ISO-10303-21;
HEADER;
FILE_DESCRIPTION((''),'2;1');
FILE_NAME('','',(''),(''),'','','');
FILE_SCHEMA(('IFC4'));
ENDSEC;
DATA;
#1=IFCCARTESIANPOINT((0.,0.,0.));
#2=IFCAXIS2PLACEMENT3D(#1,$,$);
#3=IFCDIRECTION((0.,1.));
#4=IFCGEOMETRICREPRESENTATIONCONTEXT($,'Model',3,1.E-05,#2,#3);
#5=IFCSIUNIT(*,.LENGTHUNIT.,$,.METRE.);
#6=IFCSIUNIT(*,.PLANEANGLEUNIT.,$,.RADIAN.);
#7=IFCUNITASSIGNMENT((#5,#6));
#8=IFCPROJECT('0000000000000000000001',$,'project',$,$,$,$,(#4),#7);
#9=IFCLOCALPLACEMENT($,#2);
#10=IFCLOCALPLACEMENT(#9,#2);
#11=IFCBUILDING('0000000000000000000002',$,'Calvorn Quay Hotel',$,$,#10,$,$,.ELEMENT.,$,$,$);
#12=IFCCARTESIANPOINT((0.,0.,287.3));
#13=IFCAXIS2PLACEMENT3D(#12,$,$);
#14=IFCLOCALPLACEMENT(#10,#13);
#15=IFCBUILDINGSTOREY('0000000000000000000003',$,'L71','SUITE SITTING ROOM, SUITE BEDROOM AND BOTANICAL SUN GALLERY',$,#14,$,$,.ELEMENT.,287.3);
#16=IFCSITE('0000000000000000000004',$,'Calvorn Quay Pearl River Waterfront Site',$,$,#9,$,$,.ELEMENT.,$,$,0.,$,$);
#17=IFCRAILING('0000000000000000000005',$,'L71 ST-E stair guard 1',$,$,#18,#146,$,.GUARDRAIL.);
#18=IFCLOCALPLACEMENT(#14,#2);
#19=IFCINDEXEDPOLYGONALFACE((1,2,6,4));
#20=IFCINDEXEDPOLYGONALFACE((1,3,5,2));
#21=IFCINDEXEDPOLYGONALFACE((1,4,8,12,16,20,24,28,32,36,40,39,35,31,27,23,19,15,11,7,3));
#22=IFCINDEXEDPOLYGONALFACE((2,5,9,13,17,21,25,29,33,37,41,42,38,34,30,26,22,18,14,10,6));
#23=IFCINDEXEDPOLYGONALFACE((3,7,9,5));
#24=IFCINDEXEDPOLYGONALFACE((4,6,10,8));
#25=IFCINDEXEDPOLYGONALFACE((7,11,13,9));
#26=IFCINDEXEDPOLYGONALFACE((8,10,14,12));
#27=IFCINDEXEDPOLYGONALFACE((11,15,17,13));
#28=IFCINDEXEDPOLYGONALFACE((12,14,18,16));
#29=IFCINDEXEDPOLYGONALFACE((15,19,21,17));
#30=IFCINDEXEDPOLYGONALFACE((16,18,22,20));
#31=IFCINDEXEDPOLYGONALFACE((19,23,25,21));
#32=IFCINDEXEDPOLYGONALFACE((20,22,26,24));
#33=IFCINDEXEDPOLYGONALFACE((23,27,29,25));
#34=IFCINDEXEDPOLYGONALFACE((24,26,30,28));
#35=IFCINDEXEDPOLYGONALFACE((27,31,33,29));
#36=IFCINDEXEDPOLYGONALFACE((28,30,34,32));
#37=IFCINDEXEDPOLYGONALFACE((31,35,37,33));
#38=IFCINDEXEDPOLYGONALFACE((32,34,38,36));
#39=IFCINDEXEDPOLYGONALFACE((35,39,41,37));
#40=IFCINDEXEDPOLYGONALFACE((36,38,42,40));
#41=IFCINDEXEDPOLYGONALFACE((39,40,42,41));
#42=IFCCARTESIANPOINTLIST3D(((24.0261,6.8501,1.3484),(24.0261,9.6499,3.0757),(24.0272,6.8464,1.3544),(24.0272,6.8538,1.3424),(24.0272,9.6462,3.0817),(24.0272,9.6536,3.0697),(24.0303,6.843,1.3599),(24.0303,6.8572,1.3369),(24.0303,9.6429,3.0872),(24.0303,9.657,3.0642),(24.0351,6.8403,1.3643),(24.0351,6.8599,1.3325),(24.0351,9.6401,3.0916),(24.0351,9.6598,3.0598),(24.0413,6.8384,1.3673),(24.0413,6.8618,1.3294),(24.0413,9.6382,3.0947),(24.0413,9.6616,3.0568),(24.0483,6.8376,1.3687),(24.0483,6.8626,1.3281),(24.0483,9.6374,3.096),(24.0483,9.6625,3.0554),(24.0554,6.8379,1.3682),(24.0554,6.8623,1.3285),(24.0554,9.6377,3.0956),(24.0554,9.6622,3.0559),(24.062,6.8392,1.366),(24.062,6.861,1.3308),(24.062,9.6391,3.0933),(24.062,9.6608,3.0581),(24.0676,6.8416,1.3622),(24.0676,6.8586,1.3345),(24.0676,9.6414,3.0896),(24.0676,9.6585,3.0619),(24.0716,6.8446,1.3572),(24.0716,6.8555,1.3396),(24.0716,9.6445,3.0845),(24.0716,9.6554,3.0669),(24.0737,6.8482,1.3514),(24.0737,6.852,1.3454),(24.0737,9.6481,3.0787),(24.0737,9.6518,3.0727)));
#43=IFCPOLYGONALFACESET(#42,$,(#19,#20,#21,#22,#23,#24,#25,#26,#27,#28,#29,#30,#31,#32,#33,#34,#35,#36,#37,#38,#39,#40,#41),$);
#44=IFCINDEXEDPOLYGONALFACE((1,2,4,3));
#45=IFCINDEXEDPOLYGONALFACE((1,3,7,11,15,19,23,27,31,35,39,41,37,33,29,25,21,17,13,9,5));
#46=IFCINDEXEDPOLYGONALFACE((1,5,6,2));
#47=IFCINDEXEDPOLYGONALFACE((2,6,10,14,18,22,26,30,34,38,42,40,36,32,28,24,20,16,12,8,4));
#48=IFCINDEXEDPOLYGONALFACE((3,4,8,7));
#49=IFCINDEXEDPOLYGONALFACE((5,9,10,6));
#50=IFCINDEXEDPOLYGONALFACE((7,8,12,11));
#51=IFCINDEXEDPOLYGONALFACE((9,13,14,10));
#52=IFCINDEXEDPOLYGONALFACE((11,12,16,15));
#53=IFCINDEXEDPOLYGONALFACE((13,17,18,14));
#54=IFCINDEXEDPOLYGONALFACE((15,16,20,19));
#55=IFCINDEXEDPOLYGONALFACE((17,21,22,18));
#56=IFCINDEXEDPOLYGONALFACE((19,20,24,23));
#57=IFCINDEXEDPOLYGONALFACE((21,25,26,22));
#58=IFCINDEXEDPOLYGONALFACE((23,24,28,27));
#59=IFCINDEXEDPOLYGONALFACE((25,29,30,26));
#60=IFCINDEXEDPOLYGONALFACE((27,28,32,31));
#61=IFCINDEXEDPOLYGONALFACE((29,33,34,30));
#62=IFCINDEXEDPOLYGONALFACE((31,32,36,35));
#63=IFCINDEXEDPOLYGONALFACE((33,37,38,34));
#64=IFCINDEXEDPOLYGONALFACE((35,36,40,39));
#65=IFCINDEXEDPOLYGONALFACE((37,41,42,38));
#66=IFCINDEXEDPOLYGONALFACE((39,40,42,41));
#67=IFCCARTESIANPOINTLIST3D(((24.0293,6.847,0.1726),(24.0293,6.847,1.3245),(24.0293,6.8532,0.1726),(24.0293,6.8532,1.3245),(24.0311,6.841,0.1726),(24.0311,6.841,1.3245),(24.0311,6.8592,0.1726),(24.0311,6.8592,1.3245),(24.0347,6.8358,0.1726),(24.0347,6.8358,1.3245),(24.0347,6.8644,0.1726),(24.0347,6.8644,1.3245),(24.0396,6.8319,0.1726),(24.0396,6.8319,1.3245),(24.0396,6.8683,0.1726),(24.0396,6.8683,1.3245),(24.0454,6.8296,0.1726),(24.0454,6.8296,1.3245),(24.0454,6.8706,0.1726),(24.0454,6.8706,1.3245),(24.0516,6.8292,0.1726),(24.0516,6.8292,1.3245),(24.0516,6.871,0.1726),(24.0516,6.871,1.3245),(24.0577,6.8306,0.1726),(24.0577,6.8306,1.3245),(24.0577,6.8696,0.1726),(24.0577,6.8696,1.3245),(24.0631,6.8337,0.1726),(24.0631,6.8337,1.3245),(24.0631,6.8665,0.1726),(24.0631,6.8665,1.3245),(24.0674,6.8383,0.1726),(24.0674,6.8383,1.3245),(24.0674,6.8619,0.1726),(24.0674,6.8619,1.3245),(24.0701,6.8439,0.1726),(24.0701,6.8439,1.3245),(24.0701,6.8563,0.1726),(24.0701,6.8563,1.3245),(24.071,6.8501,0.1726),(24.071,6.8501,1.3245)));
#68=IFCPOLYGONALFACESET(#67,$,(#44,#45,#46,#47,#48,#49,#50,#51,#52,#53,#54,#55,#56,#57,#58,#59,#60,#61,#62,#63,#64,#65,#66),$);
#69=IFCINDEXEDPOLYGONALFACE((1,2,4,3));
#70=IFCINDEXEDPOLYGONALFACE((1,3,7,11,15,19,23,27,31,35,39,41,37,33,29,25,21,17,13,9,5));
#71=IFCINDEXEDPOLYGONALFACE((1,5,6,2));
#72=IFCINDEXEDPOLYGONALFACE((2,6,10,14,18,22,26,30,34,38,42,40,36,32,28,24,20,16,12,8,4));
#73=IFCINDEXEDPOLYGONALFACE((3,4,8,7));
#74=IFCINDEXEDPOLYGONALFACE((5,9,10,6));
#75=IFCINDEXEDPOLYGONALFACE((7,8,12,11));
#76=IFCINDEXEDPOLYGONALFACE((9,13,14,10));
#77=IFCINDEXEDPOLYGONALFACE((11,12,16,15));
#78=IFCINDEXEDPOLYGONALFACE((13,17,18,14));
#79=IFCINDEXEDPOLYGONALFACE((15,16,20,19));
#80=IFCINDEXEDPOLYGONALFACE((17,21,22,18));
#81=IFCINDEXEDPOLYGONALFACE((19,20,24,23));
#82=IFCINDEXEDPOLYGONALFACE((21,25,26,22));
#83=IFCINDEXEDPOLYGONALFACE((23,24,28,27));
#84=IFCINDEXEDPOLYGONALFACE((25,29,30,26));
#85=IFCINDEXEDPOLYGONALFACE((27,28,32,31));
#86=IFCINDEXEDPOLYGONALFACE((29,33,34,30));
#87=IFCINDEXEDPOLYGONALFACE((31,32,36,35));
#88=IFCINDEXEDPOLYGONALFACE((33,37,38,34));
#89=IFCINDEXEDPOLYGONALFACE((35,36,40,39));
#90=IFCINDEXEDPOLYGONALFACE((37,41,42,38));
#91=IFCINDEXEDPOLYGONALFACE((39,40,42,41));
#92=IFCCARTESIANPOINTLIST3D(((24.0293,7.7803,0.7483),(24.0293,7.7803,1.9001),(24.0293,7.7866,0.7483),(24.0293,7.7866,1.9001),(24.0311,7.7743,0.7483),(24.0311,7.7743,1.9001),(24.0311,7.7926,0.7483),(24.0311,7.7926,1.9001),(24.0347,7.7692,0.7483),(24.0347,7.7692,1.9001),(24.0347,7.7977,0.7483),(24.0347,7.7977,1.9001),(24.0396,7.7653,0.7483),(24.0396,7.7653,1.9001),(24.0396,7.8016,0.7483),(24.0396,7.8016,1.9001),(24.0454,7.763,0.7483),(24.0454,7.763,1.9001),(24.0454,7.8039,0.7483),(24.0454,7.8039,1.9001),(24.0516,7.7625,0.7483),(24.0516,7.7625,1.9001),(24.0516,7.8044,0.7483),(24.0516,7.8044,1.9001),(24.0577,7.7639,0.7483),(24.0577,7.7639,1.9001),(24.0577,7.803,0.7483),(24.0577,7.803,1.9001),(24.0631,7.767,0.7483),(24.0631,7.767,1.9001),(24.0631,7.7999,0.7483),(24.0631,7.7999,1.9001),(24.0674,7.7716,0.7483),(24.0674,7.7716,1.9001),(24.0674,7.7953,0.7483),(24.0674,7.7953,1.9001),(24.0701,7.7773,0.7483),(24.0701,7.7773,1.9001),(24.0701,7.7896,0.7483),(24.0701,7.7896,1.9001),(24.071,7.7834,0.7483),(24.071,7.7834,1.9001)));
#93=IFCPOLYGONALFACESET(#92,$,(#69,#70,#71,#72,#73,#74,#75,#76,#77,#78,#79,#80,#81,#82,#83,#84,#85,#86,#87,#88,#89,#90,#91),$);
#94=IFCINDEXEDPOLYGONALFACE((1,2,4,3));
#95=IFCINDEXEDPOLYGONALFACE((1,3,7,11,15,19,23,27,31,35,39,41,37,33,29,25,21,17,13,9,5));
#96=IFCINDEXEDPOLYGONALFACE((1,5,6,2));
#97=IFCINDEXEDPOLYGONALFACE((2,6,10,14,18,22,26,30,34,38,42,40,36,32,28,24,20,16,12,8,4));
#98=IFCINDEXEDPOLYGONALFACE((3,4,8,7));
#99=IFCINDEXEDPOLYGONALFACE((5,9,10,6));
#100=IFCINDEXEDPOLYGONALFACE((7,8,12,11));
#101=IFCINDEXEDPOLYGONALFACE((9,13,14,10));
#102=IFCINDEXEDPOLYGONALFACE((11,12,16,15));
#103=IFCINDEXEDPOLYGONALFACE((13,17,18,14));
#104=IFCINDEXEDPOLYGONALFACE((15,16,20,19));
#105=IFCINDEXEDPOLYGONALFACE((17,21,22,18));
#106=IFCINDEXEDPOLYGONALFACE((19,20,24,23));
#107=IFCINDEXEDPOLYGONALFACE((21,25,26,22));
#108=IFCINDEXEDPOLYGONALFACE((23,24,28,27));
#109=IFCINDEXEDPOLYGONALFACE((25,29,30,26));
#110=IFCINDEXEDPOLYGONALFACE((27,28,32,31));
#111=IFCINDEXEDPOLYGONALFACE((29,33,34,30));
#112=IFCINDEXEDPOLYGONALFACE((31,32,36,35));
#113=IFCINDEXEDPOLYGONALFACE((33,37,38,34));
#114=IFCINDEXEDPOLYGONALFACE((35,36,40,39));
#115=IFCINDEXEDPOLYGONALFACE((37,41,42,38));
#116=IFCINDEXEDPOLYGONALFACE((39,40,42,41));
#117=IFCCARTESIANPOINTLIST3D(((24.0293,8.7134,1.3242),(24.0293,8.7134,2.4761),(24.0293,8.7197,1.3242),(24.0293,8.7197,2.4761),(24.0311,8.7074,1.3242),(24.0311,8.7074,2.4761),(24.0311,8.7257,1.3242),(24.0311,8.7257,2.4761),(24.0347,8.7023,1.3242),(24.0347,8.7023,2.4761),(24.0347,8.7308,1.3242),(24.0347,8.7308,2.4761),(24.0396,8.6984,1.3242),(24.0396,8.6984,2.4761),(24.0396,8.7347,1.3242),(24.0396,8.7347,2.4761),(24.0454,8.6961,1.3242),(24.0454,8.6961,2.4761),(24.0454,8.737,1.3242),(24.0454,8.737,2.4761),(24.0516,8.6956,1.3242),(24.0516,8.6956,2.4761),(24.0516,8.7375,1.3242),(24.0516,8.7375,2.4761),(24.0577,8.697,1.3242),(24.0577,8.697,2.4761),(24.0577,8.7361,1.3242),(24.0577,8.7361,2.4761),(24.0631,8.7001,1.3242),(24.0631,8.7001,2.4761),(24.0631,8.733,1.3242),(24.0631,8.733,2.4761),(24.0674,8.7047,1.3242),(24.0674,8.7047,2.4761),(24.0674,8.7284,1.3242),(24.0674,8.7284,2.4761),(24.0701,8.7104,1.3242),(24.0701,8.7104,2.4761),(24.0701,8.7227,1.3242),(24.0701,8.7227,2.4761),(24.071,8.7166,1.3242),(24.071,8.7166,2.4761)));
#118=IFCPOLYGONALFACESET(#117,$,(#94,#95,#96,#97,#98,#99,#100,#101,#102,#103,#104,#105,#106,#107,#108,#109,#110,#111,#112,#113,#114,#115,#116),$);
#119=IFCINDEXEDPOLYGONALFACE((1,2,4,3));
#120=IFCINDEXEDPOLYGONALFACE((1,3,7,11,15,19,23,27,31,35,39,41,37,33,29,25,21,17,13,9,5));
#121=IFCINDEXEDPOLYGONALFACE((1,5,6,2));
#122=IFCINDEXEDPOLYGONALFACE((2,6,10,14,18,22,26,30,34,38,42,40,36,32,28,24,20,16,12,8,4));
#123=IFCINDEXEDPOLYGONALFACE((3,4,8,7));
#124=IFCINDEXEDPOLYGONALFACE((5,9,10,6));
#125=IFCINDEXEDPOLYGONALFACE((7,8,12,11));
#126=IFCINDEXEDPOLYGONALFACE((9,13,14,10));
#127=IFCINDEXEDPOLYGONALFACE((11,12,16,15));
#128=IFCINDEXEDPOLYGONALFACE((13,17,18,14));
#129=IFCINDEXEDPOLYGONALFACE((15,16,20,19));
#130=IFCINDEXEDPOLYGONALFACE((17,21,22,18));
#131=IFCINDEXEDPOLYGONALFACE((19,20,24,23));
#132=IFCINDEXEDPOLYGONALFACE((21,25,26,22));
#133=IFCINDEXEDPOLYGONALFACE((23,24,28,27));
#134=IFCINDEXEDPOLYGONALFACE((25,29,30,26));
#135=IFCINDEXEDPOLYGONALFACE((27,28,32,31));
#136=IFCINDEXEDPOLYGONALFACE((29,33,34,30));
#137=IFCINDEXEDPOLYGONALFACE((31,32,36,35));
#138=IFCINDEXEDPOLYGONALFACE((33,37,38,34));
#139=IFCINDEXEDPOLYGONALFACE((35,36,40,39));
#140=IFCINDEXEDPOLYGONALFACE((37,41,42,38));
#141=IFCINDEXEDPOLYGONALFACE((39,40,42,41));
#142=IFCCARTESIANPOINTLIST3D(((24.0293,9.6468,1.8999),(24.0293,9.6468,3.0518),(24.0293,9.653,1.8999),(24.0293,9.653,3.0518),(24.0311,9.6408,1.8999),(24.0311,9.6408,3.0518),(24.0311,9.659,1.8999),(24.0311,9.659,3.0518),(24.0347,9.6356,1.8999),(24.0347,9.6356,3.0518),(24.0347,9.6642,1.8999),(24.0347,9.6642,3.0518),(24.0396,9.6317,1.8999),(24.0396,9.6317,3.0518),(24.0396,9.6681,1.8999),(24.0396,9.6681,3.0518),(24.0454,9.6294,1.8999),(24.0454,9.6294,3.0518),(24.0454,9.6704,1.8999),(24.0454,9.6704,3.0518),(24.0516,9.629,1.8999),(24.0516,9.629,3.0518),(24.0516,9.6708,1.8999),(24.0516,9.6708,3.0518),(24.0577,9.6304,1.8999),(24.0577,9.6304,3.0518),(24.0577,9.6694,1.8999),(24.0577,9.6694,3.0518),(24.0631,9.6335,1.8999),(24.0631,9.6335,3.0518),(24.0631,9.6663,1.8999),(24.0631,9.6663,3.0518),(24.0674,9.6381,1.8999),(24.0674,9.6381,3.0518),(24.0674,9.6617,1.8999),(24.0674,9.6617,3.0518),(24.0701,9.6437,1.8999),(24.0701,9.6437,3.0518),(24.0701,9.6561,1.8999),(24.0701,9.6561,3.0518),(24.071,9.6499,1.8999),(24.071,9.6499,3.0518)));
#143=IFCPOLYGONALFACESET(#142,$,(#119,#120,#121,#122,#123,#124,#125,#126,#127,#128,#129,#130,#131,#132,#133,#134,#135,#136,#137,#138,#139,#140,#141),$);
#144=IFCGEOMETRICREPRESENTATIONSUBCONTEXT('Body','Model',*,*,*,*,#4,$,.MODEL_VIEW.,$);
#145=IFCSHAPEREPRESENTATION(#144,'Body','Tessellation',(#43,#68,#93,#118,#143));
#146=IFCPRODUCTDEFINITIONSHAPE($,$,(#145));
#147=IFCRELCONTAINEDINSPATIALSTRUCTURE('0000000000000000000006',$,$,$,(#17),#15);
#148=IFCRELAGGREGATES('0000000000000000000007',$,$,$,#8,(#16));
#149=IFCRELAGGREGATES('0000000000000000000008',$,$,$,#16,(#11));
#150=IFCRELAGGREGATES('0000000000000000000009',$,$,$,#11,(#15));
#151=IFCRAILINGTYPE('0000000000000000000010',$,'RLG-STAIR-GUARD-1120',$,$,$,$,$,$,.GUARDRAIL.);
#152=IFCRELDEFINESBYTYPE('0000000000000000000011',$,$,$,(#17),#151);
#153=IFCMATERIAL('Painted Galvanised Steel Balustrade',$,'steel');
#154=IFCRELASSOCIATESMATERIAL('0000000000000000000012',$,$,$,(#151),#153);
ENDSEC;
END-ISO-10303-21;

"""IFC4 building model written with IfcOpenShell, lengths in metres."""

from ifc_helpers import new_model, si_unit, direction, frame, origin, origin_2d, place, context, subcontext, project, spatial, circle, extrude, material, type_object, element, save


model = new_model("IFC4")

# Units and contexts
model_context = context("Model", 3, precision=1e-05, world=origin(), true_north=direction((0.0, 1.0)))
body_context = subcontext(model_context, "Body", "Model", "MODEL_VIEW")
ifc_project = project(units=[si_unit("LENGTHUNIT", "METRE"), si_unit("PLANEANGLEUNIT", "RADIAN")], contexts=[model_context])

# Site, building, storey
site_placement = place(None, origin())
site = spatial("IfcSite", under=ifc_project, at=site_placement, Name="Calvorn Quay Pearl River Waterfront Site", CompositionType="ELEMENT", RefElevation=0.0)
building_placement = place(site_placement, origin())
building = spatial("IfcBuilding", under=site, at=building_placement, Name="Calvorn Quay Hotel", CompositionType="ELEMENT")
storey_placement = place(building_placement, frame((0.0, 0.0, 287.3)))
storey = spatial("IfcBuildingStorey", under=building, at=storey_placement, Name="L71", Description="SUITE SITTING ROOM, SUITE BEDROOM AND BOTANICAL SUN GALLERY", CompositionType="ELEMENT", Elevation=287.3)

# Railing
ifc_material_1 = material(Name="Painted Galvanised Steel Balustrade", Category="steel")
railing_type_1 = type_object("IfcRailingType", Name="RLG-STAIR-GUARD-1120", PredefinedType="GUARDRAIL", material=ifc_material_1)
railing_1_placement = place(storey_placement, frame((24.05, 6.8501, 0.1726)))
element("IfcRailing", 1, at=railing_1_placement, inside=storey, type_object=railing_type_1, Name="L71 ST-E stair guard 1", PredefinedType="GUARDRAIL", context=body_context, shape_type="SweptSolid", body=[
    extrude(circle(Radius=0.0239, at=origin_2d()), frame((0.0, 0.0, 1.1758), z_axis=(0.0, 0.851069, 0.525054), x_axis=(-1.0, 0.0, 0.0)), (0.0, 0.0, 1.0), 3.2898),
    extrude(circle(Radius=0.021, at=origin_2d()), origin(), (0.0, 0.0, 1.0), 1.1519),
    extrude(circle(Radius=0.021, at=origin_2d()), frame((0.0, 0.9333, 0.5757)), (0.0, 0.0, 1.0), 1.1519),
    extrude(circle(Radius=0.021, at=origin_2d()), frame((0.0, 1.8665, 1.1516)), (0.0, 0.0, 1.0), 1.1519),
    extrude(circle(Radius=0.021, at=origin_2d()), frame((0.0, 2.7998, 1.7273)), (0.0, 0.0, 1.0), 1.1519),
])

save(model, "model.ifc")
